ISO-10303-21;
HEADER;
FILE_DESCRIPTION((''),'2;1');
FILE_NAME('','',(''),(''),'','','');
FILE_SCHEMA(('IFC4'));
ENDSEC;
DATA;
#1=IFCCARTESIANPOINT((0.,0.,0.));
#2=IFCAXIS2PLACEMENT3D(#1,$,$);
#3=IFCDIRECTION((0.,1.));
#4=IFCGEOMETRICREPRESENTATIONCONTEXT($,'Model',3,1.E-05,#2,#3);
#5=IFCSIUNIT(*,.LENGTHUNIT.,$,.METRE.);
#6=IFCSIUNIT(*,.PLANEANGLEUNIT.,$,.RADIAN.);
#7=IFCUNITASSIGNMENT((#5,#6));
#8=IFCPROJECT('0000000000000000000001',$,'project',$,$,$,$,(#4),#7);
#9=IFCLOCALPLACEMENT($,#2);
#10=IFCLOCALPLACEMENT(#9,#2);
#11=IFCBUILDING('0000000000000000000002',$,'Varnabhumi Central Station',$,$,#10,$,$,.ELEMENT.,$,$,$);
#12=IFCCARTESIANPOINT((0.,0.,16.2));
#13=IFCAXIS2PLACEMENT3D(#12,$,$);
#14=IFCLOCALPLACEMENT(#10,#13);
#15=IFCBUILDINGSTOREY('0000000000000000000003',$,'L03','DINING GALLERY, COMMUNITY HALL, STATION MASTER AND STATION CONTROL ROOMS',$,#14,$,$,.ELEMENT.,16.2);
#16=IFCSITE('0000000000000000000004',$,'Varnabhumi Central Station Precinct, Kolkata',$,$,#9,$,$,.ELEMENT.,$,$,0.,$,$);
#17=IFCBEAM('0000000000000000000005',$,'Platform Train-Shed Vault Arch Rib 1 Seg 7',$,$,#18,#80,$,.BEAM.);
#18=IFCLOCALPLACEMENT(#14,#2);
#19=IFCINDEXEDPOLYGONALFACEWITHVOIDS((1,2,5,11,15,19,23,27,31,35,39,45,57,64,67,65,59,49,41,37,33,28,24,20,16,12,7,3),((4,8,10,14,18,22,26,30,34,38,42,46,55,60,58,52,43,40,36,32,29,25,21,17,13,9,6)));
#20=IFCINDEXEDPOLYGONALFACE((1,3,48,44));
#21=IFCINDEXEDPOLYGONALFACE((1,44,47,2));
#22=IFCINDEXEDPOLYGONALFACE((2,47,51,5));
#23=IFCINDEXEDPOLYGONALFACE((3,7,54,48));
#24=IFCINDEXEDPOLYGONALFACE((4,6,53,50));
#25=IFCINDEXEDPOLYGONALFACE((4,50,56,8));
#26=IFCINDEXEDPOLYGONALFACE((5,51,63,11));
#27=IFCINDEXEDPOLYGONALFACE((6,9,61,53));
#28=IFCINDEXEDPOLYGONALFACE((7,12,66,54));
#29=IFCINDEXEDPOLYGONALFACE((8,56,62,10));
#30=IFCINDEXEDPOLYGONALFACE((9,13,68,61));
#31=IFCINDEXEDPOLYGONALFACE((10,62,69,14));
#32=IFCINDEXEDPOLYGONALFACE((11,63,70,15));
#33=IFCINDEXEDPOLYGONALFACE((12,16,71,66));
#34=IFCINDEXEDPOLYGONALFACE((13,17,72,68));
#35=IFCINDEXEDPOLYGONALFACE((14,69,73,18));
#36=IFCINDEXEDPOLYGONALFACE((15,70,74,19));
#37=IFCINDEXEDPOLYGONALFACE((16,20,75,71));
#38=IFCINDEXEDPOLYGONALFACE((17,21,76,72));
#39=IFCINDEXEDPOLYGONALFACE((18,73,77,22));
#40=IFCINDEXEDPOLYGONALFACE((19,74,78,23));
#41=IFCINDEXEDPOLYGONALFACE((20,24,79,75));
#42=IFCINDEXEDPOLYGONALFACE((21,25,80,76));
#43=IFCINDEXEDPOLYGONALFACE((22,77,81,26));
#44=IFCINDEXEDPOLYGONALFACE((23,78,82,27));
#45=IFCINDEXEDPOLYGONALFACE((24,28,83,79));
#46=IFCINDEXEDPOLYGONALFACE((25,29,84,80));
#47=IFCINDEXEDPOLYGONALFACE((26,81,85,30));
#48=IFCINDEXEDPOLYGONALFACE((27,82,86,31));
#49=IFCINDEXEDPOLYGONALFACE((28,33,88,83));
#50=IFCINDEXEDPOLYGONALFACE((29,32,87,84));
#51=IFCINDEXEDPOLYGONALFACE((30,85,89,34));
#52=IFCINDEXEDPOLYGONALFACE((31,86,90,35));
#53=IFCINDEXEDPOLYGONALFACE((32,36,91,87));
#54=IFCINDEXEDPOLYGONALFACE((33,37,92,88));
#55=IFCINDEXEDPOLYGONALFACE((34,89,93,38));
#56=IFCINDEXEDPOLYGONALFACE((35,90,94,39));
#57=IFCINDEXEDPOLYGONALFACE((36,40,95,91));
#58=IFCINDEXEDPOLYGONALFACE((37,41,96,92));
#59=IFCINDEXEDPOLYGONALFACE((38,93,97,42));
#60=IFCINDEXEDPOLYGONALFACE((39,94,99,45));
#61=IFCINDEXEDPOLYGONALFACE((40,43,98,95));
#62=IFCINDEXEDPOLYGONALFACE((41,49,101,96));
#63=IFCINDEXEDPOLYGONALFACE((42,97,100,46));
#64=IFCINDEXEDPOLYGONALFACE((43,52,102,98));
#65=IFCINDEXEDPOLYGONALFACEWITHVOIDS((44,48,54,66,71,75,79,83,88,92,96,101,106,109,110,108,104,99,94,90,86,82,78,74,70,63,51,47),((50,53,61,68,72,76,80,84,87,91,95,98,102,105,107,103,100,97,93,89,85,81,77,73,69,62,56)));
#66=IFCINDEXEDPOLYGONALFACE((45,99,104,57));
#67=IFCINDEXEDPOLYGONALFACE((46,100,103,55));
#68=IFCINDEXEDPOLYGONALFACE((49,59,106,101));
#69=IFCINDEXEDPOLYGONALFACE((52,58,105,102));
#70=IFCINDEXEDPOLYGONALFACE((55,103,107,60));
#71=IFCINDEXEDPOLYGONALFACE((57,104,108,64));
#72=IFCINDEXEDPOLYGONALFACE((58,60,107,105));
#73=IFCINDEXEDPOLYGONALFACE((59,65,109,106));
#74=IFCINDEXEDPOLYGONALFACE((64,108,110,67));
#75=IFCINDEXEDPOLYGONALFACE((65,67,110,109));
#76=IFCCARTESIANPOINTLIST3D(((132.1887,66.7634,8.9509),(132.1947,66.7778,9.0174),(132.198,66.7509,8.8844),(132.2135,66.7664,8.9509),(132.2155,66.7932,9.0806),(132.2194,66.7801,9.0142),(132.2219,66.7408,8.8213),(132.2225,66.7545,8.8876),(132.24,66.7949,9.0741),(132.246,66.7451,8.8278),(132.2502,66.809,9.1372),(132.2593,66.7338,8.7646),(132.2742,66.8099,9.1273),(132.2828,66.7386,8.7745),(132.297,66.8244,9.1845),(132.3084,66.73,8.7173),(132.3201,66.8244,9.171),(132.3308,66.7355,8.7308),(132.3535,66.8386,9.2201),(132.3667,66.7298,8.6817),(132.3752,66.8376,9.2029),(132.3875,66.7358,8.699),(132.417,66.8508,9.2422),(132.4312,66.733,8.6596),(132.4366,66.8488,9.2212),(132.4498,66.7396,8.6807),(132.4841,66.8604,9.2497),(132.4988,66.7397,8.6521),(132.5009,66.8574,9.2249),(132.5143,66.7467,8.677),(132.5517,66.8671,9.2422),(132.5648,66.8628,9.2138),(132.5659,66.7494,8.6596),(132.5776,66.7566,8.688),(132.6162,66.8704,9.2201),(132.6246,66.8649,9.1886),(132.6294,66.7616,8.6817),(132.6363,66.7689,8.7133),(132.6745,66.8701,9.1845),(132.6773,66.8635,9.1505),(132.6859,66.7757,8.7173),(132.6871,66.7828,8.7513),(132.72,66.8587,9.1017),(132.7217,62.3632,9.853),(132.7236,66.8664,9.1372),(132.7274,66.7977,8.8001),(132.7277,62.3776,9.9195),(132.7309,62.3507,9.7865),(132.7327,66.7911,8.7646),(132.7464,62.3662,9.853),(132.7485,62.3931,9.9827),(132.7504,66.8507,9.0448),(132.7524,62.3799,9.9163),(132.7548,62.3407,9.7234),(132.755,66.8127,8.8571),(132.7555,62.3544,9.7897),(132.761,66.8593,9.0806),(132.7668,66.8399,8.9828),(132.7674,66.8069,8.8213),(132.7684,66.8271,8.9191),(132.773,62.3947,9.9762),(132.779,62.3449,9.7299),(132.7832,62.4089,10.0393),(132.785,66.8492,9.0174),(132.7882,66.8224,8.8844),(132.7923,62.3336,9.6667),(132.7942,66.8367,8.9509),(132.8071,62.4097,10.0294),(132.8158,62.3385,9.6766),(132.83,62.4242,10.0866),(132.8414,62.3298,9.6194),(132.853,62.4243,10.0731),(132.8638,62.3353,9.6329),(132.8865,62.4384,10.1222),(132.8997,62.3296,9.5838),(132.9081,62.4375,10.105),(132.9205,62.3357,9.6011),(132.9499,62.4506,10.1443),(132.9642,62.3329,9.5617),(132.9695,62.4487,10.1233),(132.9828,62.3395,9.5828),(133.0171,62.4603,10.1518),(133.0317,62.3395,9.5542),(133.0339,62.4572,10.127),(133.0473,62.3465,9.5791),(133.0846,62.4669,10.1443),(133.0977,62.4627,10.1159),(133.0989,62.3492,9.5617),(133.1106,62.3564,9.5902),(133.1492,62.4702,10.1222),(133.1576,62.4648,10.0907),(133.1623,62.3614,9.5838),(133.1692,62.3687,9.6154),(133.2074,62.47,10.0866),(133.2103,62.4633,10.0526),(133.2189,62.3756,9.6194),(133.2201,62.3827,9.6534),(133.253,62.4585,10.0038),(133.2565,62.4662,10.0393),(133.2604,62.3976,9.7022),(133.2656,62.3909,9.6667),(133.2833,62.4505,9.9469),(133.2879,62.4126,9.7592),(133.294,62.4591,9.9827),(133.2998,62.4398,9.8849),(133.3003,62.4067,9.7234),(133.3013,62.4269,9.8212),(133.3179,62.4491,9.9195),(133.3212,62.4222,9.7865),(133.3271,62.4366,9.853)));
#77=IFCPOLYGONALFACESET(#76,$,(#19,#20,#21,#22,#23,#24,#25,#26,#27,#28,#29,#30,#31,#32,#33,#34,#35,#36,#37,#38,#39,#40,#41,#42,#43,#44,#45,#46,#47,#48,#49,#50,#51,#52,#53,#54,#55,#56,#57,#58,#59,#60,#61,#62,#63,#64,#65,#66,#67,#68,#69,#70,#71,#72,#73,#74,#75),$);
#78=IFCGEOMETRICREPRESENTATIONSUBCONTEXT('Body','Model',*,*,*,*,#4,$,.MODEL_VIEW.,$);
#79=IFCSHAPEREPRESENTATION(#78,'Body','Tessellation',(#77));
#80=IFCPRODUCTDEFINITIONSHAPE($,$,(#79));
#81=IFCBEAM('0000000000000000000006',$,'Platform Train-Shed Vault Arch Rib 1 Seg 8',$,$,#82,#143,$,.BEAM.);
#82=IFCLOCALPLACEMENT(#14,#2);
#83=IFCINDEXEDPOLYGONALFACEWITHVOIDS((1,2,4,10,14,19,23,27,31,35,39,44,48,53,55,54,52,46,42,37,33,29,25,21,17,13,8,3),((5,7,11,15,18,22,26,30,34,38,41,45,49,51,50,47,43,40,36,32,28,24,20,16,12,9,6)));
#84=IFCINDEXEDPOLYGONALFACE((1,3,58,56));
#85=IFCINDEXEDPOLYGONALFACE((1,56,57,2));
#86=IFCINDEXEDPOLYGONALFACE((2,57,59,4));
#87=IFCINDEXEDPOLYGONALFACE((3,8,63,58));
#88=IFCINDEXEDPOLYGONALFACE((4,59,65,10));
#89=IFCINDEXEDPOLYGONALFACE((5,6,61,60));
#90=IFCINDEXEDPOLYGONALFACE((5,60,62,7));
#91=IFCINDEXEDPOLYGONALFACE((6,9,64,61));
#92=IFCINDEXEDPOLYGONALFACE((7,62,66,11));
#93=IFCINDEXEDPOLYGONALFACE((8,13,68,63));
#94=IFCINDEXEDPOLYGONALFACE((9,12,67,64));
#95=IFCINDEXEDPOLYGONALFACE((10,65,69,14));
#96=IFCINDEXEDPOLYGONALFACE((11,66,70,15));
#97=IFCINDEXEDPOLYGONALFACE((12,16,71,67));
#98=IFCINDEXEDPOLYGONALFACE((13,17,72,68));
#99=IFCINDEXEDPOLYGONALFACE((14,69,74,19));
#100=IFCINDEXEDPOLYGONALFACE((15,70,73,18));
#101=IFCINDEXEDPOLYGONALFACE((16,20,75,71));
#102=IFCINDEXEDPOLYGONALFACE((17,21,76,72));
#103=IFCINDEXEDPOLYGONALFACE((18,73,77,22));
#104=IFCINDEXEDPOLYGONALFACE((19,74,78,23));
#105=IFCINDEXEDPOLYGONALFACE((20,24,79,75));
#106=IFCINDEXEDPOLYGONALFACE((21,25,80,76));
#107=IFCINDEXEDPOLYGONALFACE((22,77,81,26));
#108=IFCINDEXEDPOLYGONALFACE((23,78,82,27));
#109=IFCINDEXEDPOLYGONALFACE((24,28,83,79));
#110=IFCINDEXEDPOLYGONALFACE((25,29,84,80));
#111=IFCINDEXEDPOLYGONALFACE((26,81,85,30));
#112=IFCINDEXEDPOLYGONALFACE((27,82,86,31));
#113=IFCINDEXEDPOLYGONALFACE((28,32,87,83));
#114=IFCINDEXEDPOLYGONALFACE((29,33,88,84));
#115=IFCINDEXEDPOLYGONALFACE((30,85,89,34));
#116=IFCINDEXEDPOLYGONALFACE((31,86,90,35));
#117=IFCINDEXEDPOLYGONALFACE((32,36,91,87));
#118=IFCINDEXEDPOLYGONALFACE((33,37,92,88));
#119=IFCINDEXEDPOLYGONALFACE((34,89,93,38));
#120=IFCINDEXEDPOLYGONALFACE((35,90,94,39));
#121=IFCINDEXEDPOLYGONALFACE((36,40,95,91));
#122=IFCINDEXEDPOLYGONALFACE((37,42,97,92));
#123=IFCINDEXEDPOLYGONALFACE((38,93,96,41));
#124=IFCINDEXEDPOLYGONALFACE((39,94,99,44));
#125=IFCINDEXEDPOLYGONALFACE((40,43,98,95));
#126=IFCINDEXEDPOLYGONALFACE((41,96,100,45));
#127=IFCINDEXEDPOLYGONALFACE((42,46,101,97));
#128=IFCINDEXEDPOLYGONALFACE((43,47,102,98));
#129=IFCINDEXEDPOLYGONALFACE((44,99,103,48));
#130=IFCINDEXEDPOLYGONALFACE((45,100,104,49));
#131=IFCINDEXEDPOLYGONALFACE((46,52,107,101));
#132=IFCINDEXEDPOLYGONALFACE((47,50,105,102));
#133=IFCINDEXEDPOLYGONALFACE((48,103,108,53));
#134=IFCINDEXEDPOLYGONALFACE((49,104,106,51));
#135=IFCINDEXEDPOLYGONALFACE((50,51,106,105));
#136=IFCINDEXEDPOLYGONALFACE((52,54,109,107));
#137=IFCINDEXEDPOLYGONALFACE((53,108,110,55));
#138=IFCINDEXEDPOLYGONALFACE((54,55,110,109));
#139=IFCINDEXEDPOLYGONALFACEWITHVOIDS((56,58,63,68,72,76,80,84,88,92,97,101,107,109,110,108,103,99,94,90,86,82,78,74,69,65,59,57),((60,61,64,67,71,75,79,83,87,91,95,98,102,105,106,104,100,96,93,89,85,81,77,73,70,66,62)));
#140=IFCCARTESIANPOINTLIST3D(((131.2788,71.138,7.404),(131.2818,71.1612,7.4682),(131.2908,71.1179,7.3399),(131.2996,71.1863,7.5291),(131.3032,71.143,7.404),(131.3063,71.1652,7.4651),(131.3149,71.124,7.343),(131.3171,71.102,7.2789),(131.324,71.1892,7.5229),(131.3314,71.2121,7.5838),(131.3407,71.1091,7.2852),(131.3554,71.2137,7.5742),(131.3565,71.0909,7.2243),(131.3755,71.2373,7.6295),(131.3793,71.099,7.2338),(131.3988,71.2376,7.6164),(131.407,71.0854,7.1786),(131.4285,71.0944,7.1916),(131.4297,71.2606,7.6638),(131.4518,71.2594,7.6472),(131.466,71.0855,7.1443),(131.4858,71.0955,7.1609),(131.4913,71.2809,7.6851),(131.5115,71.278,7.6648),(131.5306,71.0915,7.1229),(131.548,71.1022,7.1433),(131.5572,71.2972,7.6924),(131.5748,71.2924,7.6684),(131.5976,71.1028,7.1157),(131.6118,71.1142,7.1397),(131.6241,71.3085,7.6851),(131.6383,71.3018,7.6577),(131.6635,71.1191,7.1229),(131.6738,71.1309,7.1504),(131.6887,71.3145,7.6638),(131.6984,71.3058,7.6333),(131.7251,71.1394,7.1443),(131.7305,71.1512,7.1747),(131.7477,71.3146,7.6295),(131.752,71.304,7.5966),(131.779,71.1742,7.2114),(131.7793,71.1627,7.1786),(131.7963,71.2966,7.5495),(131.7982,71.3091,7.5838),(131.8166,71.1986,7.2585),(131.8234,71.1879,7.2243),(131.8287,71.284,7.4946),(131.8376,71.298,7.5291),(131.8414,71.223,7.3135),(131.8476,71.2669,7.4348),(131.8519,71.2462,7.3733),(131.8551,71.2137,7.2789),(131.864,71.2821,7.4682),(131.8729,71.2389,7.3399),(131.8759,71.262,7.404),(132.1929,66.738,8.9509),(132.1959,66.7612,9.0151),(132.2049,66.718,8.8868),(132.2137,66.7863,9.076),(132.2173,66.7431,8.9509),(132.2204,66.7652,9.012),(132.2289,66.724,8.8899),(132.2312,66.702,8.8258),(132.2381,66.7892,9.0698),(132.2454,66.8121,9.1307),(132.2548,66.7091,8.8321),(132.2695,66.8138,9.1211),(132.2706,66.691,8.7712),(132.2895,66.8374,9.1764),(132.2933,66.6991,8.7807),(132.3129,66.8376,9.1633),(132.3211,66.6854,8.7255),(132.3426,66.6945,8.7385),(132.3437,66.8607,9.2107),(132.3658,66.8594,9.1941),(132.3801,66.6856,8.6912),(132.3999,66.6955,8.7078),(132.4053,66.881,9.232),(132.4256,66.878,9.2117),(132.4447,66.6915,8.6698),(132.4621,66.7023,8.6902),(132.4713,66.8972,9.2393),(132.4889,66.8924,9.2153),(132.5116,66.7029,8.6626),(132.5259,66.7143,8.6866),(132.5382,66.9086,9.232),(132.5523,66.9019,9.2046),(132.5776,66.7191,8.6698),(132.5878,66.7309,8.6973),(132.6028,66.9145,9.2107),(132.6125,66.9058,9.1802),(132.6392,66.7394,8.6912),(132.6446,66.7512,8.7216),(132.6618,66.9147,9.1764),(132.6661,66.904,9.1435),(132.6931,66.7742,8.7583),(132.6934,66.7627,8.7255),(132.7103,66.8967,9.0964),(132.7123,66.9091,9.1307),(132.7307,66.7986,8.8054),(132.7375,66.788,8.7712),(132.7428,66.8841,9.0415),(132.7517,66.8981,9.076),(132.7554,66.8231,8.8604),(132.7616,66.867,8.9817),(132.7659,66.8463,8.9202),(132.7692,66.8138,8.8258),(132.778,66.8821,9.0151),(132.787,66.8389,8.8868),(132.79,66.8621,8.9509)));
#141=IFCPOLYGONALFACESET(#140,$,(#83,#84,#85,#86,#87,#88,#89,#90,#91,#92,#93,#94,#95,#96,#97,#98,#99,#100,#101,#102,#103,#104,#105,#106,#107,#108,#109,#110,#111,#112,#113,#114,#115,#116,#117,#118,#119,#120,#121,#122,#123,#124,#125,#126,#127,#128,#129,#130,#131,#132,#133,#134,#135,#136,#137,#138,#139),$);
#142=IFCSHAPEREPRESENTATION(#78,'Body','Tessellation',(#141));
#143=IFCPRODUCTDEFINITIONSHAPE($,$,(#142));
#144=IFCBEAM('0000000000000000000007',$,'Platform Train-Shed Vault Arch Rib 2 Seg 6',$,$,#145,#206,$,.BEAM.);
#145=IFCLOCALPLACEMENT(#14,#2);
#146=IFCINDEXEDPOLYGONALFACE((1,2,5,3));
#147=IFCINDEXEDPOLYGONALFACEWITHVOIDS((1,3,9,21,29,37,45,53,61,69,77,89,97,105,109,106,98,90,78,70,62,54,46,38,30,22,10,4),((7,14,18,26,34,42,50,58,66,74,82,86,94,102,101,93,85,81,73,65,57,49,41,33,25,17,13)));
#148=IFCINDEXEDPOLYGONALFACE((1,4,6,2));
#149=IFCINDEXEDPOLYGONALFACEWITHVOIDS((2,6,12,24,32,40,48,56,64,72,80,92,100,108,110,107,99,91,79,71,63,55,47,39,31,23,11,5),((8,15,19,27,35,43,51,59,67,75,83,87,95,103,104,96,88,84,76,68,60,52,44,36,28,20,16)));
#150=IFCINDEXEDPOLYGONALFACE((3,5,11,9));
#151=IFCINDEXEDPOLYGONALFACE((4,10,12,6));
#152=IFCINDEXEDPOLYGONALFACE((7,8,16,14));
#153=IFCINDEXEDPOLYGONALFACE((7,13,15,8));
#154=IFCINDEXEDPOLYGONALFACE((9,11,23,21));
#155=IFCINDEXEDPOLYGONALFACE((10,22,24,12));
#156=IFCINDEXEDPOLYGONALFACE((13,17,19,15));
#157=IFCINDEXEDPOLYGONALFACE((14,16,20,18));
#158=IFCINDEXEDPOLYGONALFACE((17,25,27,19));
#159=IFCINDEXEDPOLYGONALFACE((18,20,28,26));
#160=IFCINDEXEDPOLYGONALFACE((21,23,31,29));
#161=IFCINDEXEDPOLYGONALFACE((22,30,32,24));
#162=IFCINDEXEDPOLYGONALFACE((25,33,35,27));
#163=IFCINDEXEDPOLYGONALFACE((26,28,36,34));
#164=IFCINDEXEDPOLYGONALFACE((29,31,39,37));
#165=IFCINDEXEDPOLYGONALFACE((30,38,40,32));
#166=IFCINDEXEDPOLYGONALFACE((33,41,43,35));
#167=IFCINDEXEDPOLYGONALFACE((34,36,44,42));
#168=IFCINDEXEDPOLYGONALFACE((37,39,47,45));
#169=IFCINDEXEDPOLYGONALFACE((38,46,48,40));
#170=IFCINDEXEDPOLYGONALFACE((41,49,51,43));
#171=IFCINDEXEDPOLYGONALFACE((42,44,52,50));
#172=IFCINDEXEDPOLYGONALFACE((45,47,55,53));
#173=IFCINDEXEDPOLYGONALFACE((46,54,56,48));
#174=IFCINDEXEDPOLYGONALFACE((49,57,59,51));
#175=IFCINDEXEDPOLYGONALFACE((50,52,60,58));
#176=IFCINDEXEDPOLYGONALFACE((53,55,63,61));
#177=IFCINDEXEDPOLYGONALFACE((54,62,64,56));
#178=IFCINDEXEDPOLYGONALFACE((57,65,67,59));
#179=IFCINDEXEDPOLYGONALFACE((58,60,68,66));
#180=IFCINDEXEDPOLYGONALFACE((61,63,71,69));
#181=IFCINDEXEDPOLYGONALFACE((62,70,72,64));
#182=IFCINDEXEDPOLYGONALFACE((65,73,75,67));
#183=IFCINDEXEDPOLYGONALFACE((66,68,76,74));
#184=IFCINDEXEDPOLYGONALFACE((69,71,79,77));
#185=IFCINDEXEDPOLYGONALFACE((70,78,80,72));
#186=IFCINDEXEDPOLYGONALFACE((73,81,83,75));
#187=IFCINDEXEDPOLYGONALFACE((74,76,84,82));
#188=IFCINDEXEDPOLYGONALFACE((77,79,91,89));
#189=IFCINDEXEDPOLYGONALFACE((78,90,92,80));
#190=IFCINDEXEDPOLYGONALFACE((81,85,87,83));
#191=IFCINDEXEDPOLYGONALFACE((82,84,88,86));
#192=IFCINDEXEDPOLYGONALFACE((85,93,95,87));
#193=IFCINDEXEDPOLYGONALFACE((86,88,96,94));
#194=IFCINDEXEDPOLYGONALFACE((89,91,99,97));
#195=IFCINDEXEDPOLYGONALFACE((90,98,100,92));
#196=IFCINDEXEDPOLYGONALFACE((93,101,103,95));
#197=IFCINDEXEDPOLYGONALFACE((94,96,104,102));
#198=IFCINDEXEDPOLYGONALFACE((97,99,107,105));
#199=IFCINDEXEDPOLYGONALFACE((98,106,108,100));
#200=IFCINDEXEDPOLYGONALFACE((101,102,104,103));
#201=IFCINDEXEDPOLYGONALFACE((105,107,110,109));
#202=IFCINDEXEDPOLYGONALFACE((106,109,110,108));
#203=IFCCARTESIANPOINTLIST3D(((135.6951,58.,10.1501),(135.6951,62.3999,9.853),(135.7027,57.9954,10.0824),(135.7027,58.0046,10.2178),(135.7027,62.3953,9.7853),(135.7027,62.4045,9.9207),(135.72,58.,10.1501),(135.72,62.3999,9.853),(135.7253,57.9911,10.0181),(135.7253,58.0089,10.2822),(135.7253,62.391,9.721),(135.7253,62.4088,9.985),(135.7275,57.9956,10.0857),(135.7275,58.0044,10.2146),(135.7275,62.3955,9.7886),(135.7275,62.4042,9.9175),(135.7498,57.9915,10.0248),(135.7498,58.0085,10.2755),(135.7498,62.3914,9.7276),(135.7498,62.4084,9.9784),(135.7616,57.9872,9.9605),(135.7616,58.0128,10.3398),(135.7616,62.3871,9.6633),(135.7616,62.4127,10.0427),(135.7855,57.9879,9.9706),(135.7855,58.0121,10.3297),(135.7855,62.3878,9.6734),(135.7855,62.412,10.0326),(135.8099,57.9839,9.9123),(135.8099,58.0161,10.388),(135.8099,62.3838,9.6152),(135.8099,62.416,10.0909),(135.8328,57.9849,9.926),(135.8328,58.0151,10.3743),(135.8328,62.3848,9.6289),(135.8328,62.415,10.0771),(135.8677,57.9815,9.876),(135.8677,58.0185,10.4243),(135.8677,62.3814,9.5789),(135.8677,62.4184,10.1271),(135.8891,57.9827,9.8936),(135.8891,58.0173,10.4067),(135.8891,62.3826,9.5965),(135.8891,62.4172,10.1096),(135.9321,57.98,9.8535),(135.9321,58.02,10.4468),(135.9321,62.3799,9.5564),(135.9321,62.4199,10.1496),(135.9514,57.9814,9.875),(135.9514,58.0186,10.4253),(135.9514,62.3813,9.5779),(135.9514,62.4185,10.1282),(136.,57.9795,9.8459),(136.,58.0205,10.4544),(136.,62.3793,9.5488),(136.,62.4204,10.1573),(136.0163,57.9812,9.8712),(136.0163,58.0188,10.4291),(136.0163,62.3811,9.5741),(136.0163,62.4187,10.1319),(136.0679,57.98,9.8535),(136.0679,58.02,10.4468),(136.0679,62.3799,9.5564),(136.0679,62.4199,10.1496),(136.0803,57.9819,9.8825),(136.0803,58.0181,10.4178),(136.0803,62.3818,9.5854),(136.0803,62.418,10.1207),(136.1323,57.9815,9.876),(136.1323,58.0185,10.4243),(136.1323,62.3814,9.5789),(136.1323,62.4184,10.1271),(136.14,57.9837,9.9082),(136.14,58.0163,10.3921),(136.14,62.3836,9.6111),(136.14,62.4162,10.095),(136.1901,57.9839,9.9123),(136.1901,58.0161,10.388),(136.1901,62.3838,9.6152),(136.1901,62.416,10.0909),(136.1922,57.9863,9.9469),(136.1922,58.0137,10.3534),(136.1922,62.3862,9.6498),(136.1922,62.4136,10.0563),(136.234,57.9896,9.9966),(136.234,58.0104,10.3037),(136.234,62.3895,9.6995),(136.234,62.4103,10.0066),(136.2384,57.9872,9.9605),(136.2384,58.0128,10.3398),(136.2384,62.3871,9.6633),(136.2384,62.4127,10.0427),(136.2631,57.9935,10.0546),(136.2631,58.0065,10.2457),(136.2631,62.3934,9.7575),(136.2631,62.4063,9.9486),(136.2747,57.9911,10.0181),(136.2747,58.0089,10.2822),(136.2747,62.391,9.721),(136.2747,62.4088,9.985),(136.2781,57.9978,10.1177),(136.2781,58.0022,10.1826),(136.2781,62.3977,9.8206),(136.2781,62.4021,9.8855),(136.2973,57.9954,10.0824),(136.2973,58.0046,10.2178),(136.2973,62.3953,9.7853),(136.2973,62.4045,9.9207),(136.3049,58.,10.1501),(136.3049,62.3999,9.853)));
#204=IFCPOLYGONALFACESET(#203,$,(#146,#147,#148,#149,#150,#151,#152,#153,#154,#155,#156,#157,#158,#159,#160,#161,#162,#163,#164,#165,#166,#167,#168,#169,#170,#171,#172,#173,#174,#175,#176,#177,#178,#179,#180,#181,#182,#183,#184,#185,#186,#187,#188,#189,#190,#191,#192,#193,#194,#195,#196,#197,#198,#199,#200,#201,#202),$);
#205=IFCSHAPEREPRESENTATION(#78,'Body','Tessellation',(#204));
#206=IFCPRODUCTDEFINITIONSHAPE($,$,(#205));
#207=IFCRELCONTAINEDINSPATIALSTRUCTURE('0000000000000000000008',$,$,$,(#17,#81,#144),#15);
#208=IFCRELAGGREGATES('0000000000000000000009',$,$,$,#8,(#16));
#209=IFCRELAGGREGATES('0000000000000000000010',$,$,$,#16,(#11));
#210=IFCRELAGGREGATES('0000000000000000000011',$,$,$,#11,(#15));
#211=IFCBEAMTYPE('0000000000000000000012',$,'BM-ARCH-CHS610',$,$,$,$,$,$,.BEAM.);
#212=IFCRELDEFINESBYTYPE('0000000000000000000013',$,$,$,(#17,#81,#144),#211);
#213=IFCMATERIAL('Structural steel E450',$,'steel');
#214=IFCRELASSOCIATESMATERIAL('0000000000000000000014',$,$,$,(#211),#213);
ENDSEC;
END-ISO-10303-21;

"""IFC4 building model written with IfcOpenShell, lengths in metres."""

from ifc_helpers import new_model, si_unit, direction, frame, origin, origin_2d, place, context, subcontext, project, spatial, hollow_circle, extrude, material, material_profile, profile_set, type_object, element, save


model = new_model("IFC4")

# Units and contexts
model_context = context("Model", 3, precision=1e-05, world=origin(), true_north=direction((0.0, 1.0)))
body_context = subcontext(model_context, "Body", "Model", "MODEL_VIEW")
ifc_project = project(units=[si_unit("LENGTHUNIT", "METRE"), si_unit("PLANEANGLEUNIT", "RADIAN")], contexts=[model_context])

# Site, building, storey
site_placement = place(None, origin())
site = spatial("IfcSite", under=ifc_project, at=site_placement, Name="Varnabhumi Central Station Precinct, Kolkata", CompositionType="ELEMENT", RefElevation=0.0)
building_placement = place(site_placement, origin())
building = spatial("IfcBuilding", under=site, at=building_placement, Name="Varnabhumi Central Station", CompositionType="ELEMENT")
storey_placement = place(building_placement, frame((0.0, 0.0, 16.2)))
storey = spatial("IfcBuildingStorey", under=building, at=storey_placement, Name="L03", Description="DINING GALLERY, COMMUNITY HALL, STATION MASTER AND STATION CONTROL ROOMS", CompositionType="ELEMENT", Elevation=16.2)

# Beams
ifc_material_1 = material(Name="Structural steel E450", Category="steel")
ifc_material_profile_1 = material_profile(ifc_material_1, hollow_circle(Radius=0.3049, WallThickness=0.0249, at=origin_2d()), Name="Structural steel E450", Category="steel")
ifc_profile_set_1 = profile_set([ifc_material_profile_1], Name="Structural steel E450")
beam_type_1 = type_object("IfcBeamType", Name="BM-ARCH-CHS610", PredefinedType="BEAM", material=ifc_profile_set_1)
beam_1_placement = place(storey_placement, frame((133.0244, 62.3999, 9.853), z_axis=(-0.117828, 0.9728, -0.199439), x_axis=(-0.992744, -0.120244, 0.0)))
element("IfcBeam", 1, at=beam_1_placement, inside=storey, type_object=beam_type_1, Name="Platform Train-Shed Vault Arch Rib 1 Seg 7", PredefinedType="BEAM", context=body_context, shape_type="SweptSolid", body=[
    extrude(hollow_circle(Radius=0.3049, WallThickness=0.0249, at=origin_2d()), origin(), (0.0, 0.0, 1.0), 4.5232),
])
beam_2_placement = place(storey_placement, frame((132.4915, 66.8, 8.9509), z_axis=(-0.192328, 0.925783, -0.325478), x_axis=(-0.979095, -0.203403, 0.0)))
element("IfcBeam", 2, at=beam_2_placement, inside=storey, type_object=beam_type_1, Name="Platform Train-Shed Vault Arch Rib 1 Seg 8", PredefinedType="BEAM", context=body_context, shape_type="SweptSolid", body=[
    extrude(hollow_circle(Radius=0.3049, WallThickness=0.0249, at=origin_2d()), origin(), (0.0, 0.0, 1.0), 4.7527),
])
beam_3_placement = place(storey_placement, frame((136.0, 58.0, 10.1501), z_axis=(0.0, 0.997728, -0.067375), x_axis=(-1.0, 0.0, 0.0)))
element("IfcBeam", 3, at=beam_3_placement, inside=storey, type_object=beam_type_1, Name="Platform Train-Shed Vault Arch Rib 2 Seg 6", PredefinedType="BEAM", context=body_context, shape_type="SweptSolid", body=[
    extrude(hollow_circle(Radius=0.3049, WallThickness=0.0249, at=origin_2d()), origin(), (0.0, 0.0, 1.0), 4.4099),
])

save(model, "model.ifc")
